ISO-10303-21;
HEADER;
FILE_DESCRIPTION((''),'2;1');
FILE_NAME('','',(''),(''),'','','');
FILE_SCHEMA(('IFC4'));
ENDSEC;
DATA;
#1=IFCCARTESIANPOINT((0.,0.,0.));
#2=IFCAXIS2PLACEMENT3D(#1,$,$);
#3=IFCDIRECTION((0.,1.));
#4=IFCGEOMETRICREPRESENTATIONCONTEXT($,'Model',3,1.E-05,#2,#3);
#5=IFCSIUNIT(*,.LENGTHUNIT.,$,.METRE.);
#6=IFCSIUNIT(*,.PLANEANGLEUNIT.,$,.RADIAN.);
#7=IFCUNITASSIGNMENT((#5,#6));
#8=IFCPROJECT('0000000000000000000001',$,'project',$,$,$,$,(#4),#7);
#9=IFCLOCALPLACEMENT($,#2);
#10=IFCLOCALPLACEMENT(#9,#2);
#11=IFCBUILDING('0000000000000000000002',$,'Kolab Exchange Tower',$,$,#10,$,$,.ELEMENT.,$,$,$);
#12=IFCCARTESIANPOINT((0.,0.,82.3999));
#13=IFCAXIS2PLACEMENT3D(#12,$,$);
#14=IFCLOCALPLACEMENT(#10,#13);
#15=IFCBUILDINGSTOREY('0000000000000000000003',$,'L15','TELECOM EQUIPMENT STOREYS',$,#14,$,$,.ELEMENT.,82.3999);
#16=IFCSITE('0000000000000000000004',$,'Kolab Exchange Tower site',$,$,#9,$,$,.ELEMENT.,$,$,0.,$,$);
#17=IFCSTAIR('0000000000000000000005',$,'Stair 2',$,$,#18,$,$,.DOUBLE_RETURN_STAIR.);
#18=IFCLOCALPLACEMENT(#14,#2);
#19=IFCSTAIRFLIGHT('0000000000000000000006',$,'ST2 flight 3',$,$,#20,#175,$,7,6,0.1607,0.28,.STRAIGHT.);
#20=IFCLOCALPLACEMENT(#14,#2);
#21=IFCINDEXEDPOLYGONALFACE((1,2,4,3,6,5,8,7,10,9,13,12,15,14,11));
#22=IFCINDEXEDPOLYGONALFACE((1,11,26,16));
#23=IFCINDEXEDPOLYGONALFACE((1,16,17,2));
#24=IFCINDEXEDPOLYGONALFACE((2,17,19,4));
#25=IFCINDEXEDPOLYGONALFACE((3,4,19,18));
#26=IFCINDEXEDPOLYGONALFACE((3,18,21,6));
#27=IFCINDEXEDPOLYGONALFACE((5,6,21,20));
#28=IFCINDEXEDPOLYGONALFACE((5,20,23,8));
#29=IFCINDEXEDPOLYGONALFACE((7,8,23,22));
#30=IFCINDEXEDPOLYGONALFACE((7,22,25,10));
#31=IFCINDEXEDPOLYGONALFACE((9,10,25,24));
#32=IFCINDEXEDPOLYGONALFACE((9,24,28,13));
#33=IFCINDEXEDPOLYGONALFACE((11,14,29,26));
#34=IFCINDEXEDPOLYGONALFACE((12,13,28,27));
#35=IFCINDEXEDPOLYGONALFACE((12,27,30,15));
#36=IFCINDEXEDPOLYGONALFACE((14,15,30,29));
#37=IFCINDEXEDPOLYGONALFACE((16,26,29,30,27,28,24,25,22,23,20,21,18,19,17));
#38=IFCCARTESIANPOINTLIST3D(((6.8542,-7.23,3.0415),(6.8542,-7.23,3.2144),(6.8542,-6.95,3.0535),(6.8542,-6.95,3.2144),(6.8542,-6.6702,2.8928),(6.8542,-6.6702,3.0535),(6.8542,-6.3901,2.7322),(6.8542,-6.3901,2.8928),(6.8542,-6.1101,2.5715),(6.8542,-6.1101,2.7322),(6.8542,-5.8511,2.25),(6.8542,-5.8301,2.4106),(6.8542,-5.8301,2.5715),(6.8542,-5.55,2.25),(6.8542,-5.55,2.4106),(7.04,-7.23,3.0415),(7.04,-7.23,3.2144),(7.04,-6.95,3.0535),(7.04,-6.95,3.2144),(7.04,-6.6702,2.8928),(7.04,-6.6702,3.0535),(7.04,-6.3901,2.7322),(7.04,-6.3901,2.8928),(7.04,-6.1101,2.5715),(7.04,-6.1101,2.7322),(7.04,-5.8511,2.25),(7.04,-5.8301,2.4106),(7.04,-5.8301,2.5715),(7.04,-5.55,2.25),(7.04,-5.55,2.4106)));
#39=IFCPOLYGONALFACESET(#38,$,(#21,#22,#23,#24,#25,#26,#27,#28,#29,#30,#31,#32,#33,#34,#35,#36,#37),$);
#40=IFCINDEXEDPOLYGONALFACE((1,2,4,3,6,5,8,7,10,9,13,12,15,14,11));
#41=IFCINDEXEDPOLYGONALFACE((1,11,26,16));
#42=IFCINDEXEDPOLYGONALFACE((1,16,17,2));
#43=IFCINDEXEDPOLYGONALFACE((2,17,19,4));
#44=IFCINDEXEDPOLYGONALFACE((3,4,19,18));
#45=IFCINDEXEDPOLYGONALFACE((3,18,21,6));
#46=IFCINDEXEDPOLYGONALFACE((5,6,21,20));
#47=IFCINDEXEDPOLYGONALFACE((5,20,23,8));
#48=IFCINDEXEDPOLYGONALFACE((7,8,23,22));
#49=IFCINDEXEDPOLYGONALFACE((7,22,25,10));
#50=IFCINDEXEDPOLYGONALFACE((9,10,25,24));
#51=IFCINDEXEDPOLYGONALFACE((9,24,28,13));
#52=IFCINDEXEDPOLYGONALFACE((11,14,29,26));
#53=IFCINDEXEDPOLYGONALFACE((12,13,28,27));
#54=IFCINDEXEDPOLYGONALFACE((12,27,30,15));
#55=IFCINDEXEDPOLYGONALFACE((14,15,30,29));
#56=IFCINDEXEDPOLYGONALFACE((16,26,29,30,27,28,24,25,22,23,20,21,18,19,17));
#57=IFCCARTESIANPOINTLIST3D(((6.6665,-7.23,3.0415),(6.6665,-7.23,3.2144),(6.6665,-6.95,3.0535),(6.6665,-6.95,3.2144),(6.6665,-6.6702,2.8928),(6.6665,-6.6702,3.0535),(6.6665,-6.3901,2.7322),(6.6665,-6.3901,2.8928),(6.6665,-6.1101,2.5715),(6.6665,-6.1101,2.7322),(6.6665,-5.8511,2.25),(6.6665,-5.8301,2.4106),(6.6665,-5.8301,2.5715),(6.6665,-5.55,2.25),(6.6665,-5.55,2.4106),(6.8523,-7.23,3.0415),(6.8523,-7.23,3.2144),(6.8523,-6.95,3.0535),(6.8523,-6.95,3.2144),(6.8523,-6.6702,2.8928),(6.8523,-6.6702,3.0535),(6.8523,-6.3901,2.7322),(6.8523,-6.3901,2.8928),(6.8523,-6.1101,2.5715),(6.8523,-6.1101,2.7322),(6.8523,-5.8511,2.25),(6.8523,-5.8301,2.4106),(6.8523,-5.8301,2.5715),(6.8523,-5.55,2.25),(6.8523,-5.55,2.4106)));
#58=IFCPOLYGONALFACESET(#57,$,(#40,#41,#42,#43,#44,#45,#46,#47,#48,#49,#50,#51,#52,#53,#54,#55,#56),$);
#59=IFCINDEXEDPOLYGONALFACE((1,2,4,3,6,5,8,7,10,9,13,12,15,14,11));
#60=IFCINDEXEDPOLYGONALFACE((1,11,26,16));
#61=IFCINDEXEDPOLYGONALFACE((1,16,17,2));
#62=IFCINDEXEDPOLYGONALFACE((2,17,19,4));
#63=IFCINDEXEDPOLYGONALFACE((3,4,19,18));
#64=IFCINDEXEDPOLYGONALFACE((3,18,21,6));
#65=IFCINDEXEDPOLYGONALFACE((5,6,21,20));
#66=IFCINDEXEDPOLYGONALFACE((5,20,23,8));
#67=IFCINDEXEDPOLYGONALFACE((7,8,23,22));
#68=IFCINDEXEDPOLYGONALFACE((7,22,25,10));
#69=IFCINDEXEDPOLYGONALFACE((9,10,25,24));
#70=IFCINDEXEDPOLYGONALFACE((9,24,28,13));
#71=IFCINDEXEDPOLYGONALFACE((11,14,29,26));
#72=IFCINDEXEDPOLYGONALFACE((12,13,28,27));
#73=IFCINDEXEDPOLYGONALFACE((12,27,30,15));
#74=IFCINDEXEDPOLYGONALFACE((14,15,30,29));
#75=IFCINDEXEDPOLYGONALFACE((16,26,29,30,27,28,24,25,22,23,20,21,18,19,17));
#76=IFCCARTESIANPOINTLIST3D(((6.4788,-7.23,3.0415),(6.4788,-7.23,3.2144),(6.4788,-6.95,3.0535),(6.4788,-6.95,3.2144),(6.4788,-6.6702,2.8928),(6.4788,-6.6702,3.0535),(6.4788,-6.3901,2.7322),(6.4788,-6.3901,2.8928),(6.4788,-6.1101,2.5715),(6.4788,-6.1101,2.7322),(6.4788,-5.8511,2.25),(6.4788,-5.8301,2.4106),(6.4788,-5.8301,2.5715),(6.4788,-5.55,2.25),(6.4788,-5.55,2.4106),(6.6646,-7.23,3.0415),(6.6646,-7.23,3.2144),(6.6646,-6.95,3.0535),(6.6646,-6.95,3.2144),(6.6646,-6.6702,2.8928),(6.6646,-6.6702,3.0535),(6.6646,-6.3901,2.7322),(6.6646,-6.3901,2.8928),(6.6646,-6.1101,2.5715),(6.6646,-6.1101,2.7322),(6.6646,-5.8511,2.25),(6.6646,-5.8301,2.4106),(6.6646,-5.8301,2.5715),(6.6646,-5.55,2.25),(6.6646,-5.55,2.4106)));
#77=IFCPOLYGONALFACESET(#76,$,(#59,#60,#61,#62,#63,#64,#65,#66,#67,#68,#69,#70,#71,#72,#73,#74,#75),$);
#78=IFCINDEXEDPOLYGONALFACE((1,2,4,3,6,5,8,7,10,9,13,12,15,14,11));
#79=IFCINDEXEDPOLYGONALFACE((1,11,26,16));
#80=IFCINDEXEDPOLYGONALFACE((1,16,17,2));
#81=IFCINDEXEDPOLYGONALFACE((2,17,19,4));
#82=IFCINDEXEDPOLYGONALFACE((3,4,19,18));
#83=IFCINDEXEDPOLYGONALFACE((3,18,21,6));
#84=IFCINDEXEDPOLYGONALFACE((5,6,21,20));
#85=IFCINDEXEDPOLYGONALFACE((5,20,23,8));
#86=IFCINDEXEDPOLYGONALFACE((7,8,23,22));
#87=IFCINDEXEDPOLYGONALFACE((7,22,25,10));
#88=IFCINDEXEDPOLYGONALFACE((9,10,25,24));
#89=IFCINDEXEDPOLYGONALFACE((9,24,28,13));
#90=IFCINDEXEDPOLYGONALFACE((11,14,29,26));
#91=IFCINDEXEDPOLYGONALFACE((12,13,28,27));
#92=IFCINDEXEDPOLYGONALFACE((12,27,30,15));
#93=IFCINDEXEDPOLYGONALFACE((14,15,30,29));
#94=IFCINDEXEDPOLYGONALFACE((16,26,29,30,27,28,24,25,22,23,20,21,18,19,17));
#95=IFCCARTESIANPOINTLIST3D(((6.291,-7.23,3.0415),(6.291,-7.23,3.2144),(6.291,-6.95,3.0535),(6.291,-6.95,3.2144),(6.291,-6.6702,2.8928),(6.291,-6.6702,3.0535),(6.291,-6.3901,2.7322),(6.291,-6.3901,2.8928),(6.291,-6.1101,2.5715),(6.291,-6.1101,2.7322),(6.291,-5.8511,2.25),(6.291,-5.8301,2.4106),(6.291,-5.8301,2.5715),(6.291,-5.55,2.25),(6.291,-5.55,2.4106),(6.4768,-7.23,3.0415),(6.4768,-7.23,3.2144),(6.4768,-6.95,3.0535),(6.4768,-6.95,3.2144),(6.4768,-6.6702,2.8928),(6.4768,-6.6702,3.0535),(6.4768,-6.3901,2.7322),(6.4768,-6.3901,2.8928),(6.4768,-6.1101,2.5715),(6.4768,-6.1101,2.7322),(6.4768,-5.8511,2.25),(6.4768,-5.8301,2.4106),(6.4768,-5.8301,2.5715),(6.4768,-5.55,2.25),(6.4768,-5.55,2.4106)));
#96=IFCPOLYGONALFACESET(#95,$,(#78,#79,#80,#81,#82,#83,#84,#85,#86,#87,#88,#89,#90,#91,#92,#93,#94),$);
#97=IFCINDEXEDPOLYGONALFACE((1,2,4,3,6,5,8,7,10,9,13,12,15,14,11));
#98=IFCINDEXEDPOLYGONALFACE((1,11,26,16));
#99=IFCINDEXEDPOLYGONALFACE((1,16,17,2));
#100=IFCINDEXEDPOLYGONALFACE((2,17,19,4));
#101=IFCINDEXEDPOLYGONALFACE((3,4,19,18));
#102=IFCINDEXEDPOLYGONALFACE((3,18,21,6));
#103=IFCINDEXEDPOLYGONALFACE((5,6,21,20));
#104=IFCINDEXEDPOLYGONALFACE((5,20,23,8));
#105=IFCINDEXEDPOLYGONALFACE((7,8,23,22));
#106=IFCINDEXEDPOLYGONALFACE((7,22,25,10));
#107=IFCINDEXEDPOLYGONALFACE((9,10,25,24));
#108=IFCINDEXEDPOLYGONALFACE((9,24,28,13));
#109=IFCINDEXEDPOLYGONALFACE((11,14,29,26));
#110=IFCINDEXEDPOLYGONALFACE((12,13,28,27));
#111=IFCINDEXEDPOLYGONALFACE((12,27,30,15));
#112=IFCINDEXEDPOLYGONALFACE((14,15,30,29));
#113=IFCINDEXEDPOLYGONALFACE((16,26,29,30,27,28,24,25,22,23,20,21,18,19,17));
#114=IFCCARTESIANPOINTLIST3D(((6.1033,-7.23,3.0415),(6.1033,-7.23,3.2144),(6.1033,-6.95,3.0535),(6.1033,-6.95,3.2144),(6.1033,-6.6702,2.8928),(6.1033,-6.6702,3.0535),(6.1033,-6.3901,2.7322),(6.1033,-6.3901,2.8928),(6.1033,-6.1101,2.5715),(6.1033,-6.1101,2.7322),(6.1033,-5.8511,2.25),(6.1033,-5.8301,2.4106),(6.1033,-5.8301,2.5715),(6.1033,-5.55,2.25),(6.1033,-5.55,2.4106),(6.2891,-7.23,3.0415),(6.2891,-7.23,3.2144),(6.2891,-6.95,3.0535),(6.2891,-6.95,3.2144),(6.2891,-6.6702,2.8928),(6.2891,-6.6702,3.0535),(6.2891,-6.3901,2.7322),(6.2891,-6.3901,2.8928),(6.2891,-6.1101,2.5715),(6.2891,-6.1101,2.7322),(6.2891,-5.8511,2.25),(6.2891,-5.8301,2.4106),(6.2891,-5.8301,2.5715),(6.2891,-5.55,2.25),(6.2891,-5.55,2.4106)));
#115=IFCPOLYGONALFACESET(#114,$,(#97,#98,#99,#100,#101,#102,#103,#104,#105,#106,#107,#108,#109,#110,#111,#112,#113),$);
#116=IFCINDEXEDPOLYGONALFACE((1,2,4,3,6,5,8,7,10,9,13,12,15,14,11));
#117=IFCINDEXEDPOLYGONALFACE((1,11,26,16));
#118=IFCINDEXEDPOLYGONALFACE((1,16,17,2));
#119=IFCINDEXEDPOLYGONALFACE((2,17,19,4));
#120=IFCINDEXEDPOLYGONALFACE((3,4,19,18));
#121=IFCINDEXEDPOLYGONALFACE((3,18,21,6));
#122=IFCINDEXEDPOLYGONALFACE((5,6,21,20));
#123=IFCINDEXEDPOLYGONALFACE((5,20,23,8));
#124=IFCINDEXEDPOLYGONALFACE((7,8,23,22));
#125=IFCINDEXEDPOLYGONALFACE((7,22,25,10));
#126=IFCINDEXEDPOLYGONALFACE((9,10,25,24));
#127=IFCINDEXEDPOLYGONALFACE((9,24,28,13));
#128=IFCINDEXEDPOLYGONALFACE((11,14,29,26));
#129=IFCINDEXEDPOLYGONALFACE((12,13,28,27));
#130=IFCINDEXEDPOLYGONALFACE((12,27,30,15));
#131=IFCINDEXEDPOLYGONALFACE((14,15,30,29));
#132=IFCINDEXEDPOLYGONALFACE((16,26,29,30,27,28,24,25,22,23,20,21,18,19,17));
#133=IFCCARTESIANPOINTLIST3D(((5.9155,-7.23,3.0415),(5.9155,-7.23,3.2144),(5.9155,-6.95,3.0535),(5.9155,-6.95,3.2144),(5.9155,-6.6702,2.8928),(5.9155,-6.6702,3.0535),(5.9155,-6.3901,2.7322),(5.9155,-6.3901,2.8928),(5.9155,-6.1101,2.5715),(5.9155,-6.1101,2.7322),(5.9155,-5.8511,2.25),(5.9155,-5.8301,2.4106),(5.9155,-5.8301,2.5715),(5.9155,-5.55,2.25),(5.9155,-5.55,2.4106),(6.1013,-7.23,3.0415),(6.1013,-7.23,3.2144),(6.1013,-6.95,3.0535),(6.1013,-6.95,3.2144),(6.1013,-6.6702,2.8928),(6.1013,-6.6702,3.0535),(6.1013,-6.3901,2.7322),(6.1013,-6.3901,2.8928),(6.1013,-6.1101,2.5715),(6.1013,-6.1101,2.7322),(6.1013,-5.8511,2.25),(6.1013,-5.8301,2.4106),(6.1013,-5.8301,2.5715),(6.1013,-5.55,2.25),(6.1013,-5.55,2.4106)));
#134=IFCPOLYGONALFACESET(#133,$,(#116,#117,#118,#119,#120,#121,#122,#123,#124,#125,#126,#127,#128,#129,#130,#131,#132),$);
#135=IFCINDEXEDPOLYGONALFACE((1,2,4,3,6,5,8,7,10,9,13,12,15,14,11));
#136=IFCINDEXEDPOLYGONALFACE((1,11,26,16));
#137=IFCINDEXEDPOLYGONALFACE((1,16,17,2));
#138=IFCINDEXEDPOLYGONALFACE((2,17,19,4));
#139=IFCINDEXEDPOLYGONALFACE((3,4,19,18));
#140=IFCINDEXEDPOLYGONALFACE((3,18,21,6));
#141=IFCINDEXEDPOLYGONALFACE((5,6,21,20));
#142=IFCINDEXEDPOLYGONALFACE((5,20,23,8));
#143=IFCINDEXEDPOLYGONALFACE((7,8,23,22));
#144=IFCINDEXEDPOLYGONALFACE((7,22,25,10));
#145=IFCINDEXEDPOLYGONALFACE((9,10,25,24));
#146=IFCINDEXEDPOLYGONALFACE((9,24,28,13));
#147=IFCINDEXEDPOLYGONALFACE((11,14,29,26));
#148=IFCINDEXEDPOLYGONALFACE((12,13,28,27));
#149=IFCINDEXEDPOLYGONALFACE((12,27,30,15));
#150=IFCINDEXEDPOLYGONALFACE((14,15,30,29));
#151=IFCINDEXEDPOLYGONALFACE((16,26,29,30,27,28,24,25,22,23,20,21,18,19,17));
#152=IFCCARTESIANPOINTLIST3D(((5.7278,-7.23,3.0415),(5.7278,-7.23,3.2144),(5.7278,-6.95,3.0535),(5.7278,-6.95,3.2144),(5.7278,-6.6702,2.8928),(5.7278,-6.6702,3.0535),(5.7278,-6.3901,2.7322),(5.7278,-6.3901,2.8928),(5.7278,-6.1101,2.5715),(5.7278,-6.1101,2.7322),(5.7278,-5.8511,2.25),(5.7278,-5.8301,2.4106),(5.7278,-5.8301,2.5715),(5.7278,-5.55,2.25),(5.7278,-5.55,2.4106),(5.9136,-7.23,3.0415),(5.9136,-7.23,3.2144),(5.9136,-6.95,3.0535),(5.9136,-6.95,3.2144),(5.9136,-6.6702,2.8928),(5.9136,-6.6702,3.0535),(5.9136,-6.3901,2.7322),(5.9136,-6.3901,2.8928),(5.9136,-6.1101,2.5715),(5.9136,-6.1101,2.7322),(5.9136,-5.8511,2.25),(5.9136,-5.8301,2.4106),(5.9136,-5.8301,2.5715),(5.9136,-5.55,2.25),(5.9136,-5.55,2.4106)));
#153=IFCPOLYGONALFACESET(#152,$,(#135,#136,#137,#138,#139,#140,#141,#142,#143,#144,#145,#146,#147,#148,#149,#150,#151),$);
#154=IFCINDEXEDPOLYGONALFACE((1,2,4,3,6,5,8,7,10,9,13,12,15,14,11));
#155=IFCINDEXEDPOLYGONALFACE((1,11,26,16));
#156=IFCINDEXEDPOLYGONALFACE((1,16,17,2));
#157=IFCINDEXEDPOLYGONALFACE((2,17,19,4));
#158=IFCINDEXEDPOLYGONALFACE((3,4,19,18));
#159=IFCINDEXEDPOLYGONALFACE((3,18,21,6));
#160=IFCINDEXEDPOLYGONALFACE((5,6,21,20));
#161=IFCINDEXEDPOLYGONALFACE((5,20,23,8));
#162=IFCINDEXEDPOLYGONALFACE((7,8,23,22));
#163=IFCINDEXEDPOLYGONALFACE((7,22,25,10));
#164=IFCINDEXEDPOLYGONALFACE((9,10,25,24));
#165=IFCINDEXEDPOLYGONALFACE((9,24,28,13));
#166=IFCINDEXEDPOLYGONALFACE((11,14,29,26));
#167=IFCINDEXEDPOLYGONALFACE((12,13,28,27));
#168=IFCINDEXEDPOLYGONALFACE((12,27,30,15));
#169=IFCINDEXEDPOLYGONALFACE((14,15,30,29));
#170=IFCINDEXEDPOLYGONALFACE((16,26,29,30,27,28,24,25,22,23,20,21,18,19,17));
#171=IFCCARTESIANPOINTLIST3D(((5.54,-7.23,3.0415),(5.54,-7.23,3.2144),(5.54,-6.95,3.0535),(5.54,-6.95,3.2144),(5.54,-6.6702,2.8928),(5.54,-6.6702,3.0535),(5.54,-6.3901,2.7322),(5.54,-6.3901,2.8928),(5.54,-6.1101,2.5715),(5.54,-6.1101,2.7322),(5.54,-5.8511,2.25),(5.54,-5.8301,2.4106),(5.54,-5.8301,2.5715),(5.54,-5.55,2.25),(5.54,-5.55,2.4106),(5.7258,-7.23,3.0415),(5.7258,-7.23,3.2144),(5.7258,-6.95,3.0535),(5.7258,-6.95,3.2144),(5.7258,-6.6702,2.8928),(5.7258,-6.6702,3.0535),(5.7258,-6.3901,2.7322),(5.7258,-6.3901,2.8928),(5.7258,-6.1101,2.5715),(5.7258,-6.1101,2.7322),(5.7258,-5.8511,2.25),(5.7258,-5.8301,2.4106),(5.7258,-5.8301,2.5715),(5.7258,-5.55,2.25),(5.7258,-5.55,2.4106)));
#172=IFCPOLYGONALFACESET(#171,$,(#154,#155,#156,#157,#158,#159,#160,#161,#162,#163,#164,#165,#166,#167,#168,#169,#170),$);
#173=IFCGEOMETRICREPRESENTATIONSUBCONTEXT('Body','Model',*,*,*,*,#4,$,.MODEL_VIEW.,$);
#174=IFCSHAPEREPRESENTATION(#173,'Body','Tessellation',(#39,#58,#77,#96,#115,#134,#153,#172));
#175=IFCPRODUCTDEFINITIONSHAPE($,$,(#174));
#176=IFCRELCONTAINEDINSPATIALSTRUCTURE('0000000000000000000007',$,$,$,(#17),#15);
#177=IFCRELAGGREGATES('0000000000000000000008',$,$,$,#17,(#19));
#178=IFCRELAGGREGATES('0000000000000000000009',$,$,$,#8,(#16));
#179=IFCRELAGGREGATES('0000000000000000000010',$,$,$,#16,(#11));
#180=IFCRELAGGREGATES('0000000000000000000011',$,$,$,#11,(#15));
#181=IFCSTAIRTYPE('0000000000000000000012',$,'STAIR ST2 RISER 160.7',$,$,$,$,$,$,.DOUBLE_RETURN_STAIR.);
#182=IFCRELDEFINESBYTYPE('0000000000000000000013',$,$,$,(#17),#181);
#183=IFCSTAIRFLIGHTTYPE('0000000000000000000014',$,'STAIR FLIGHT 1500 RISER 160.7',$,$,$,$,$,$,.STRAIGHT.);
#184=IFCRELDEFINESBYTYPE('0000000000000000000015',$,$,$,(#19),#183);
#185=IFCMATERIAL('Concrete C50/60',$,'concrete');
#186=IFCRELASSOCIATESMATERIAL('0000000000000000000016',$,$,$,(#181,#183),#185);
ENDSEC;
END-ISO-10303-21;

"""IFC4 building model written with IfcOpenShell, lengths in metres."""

from ifc_helpers import new_model, si_unit, direction, frame, origin, place, context, subcontext, project, spatial, polyline, outline, extrude, material, type_object, element, aggregate, save


model = new_model("IFC4")

# Units and contexts
model_context = context("Model", 3, precision=1e-05, world=origin(), true_north=direction((0.0, 1.0)))
body_context = subcontext(model_context, "Body", "Model", "MODEL_VIEW")
ifc_project = project(units=[si_unit("LENGTHUNIT", "METRE"), si_unit("PLANEANGLEUNIT", "RADIAN")], contexts=[model_context])

# Site, building, storey
site_placement = place(None, origin())
site = spatial("IfcSite", under=ifc_project, at=site_placement, Name="Kolab Exchange Tower site", CompositionType="ELEMENT", RefElevation=0.0)
building_placement = place(site_placement, origin())
building = spatial("IfcBuilding", under=site, at=building_placement, Name="Kolab Exchange Tower", CompositionType="ELEMENT")
storey_placement = place(building_placement, frame((0.0, 0.0, 82.3999)))
storey = spatial("IfcBuildingStorey", under=building, at=storey_placement, Name="L15", Description="TELECOM EQUIPMENT STOREYS", CompositionType="ELEMENT", Elevation=82.3999)

# Shared definitions
ifc_material_1 = material(Name="Concrete C50/60", Category="concrete")

# Stair, stair flight
stair_type = type_object("IfcStairType", Name="STAIR ST2 RISER 160.7", PredefinedType="DOUBLE_RETURN_STAIR", material=ifc_material_1)
stair_placement = place(storey_placement, origin())
stair = element("IfcStair", 1, at=stair_placement, inside=storey, type_object=stair_type, Name="Stair 2", PredefinedType="DOUBLE_RETURN_STAIR")
stair_flight_type = type_object("IfcStairFlightType", Name="STAIR FLIGHT 1500 RISER 160.7", PredefinedType="STRAIGHT", material=ifc_material_1)
stair_flight_1_placement = place(storey_placement, frame((6.29, -5.55, 2.25), z_axis=(0.0, 0.0, 1.0), x_axis=(0.0, -1.0, 0.0)))
stair_flight_1 = element("IfcStairFlight", 2, at=stair_flight_1_placement, type_object=stair_flight_type, Name="ST2 flight 3", NumberOfRisers=7, NumberOfTreads=6, PredefinedType="STRAIGHT", RiserHeight=0.1607, TreadLength=0.28, context=body_context, shape_type="SweptSolid", body=[
    extrude(outline(polyline([(0.0, 0.0), (0.0, 0.1606), (0.28, 0.1606), (0.28, 0.3215), (0.5601, 0.3215), (0.5601, 0.4822), (0.8401, 0.4822), (0.8401, 0.6428), (1.1201, 0.6428), (1.1201, 0.8035), (1.3999, 0.8035), (1.3999, 0.9644), (1.6799, 0.9644), (1.6799, 1.125), (1.6799, 0.7915), (0.301, 0.0), (0.0, 0.0)])), frame((0.0, 0.75, 0.0), z_axis=(0.0, -1.0, 0.0), x_axis=(1.0, 0.0, 0.0)), (0.0, 0.0, 1.0), 0.1858),
    extrude(outline(polyline([(0.0, 0.0), (0.0, 0.1606), (0.28, 0.1606), (0.28, 0.3215), (0.5601, 0.3215), (0.5601, 0.4822), (0.8401, 0.4822), (0.8401, 0.6428), (1.1201, 0.6428), (1.1201, 0.8035), (1.3999, 0.8035), (1.3999, 0.9644), (1.6799, 0.9644), (1.6799, 1.125), (1.6799, 0.7915), (0.301, 0.0), (0.0, 0.0)])), frame((0.0, 0.5623, 0.0), z_axis=(0.0, -1.0, 0.0), x_axis=(1.0, 0.0, 0.0)), (0.0, 0.0, 1.0), 0.1858),
    extrude(outline(polyline([(0.0, 0.0), (0.0, 0.1606), (0.28, 0.1606), (0.28, 0.3215), (0.5601, 0.3215), (0.5601, 0.4822), (0.8401, 0.4822), (0.8401, 0.6428), (1.1201, 0.6428), (1.1201, 0.8035), (1.3999, 0.8035), (1.3999, 0.9644), (1.6799, 0.9644), (1.6799, 1.125), (1.6799, 0.7915), (0.301, 0.0), (0.0, 0.0)])), frame((0.0, 0.3745, 0.0), z_axis=(0.0, -1.0, 0.0), x_axis=(1.0, 0.0, 0.0)), (0.0, 0.0, 1.0), 0.1858),
    extrude(outline(polyline([(0.0, 0.0), (0.0, 0.1606), (0.28, 0.1606), (0.28, 0.3215), (0.5601, 0.3215), (0.5601, 0.4822), (0.8401, 0.4822), (0.8401, 0.6428), (1.1201, 0.6428), (1.1201, 0.8035), (1.3999, 0.8035), (1.3999, 0.9644), (1.6799, 0.9644), (1.6799, 1.125), (1.6799, 0.7915), (0.301, 0.0), (0.0, 0.0)])), frame((0.0, 0.1868, 0.0), z_axis=(0.0, -1.0, 0.0), x_axis=(1.0, 0.0, 0.0)), (0.0, 0.0, 1.0), 0.1858),
    extrude(outline(polyline([(0.0, 0.0), (0.0, 0.1606), (0.28, 0.1606), (0.28, 0.3215), (0.5601, 0.3215), (0.5601, 0.4822), (0.8401, 0.4822), (0.8401, 0.6428), (1.1201, 0.6428), (1.1201, 0.8035), (1.3999, 0.8035), (1.3999, 0.9644), (1.6799, 0.9644), (1.6799, 1.125), (1.6799, 0.7915), (0.301, 0.0), (0.0, 0.0)])), frame((0.0, -0.001, 0.0), z_axis=(0.0, -1.0, 0.0), x_axis=(1.0, 0.0, 0.0)), (0.0, 0.0, 1.0), 0.1858),
    extrude(outline(polyline([(0.0, 0.0), (0.0, 0.1606), (0.28, 0.1606), (0.28, 0.3215), (0.5601, 0.3215), (0.5601, 0.4822), (0.8401, 0.4822), (0.8401, 0.6428), (1.1201, 0.6428), (1.1201, 0.8035), (1.3999, 0.8035), (1.3999, 0.9644), (1.6799, 0.9644), (1.6799, 1.125), (1.6799, 0.7915), (0.301, 0.0), (0.0, 0.0)])), frame((0.0, -0.1887, 0.0), z_axis=(0.0, -1.0, 0.0), x_axis=(1.0, 0.0, 0.0)), (0.0, 0.0, 1.0), 0.1858),
    extrude(outline(polyline([(0.0, 0.0), (0.0, 0.1606), (0.28, 0.1606), (0.28, 0.3215), (0.5601, 0.3215), (0.5601, 0.4822), (0.8401, 0.4822), (0.8401, 0.6428), (1.1201, 0.6428), (1.1201, 0.8035), (1.3999, 0.8035), (1.3999, 0.9644), (1.6799, 0.9644), (1.6799, 1.125), (1.6799, 0.7915), (0.301, 0.0), (0.0, 0.0)])), frame((0.0, -0.3765, 0.0), z_axis=(0.0, -1.0, 0.0), x_axis=(1.0, 0.0, 0.0)), (0.0, 0.0, 1.0), 0.1858),
    extrude(outline(polyline([(0.0, 0.0), (0.0, 0.1606), (0.28, 0.1606), (0.28, 0.3215), (0.5601, 0.3215), (0.5601, 0.4822), (0.8401, 0.4822), (0.8401, 0.6428), (1.1201, 0.6428), (1.1201, 0.8035), (1.3999, 0.8035), (1.3999, 0.9644), (1.6799, 0.9644), (1.6799, 1.125), (1.6799, 0.7915), (0.301, 0.0), (0.0, 0.0)])), frame((0.0, -0.5642, 0.0), z_axis=(0.0, -1.0, 0.0), x_axis=(1.0, 0.0, 0.0)), (0.0, 0.0, 1.0), 0.1858),
])
aggregate(stair, [stair_flight_1])

save(model, "model.ifc")
